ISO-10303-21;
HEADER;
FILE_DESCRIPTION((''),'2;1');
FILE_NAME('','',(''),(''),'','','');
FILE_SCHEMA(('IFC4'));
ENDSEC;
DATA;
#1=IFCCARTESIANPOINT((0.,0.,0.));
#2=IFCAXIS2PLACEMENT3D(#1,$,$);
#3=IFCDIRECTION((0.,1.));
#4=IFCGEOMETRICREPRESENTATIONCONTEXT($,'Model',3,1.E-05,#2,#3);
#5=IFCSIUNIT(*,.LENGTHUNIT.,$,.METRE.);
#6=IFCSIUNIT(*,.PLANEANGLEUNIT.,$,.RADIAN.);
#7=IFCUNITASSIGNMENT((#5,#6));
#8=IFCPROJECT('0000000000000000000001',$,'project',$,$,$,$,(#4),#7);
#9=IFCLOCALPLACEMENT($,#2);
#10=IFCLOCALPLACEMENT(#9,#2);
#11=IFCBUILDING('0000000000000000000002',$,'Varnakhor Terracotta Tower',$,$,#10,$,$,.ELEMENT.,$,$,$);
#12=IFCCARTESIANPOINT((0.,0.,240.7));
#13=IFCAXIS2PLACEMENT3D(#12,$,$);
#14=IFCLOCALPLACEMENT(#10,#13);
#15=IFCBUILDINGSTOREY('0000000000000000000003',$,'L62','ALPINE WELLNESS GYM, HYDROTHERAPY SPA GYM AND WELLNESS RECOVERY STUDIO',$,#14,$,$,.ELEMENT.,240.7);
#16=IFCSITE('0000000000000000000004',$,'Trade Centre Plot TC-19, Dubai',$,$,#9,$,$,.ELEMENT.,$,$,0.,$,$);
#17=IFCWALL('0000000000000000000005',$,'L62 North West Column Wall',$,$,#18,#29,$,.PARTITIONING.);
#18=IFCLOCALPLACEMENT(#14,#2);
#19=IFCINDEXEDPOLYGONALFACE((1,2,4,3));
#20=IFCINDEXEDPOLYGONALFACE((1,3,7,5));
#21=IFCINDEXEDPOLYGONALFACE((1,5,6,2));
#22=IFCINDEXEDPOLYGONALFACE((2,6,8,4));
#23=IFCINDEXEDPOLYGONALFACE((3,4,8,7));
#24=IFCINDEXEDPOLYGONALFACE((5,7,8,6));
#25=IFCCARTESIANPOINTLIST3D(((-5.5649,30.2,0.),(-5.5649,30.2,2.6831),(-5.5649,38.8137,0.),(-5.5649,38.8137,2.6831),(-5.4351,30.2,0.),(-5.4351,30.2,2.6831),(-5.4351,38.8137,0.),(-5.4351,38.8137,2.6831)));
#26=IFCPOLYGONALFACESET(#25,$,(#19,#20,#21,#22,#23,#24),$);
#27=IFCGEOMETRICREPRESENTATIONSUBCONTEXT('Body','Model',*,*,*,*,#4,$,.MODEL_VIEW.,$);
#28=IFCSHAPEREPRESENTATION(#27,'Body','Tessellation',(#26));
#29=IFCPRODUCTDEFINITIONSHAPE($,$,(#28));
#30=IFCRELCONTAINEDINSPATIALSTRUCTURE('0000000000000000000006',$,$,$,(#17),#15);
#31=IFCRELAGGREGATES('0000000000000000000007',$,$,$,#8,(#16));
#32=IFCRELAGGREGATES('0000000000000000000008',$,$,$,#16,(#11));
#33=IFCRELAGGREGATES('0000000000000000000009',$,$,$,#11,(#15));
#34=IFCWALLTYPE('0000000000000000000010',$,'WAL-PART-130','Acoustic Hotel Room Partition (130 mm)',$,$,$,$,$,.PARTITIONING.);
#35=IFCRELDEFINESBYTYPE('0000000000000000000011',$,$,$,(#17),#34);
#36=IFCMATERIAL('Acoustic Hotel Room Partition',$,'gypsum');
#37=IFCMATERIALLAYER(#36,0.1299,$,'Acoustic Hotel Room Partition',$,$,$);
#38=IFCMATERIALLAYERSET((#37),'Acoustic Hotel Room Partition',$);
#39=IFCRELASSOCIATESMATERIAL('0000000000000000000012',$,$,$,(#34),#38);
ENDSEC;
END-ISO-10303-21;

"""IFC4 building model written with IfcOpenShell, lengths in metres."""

from ifc_helpers import new_model, si_unit, direction, frame, frame_2d, origin, place, context, subcontext, project, spatial, rectangle, extrude, material, layer, layer_set, type_object, element, save


model = new_model("IFC4")

# Units and contexts
model_context = context("Model", 3, precision=1e-05, world=origin(), true_north=direction((0.0, 1.0)))
body_context = subcontext(model_context, "Body", "Model", "MODEL_VIEW")
ifc_project = project(units=[si_unit("LENGTHUNIT", "METRE"), si_unit("PLANEANGLEUNIT", "RADIAN")], contexts=[model_context])

# Site, building, storey
site_placement = place(None, origin())
site = spatial("IfcSite", under=ifc_project, at=site_placement, Name="Trade Centre Plot TC-19, Dubai", CompositionType="ELEMENT", RefElevation=0.0)
building_placement = place(site_placement, origin())
building = spatial("IfcBuilding", under=site, at=building_placement, Name="Varnakhor Terracotta Tower", CompositionType="ELEMENT")
storey_placement = place(building_placement, frame((0.0, 0.0, 240.7)))
storey = spatial("IfcBuildingStorey", under=building, at=storey_placement, Name="L62", Description="ALPINE WELLNESS GYM, HYDROTHERAPY SPA GYM AND WELLNESS RECOVERY STUDIO", CompositionType="ELEMENT", Elevation=240.7)

# Shared definitions
ifc_material_1 = material(Name="Acoustic Hotel Room Partition", Category="gypsum")
ifc_layer_1 = layer(ifc_material_1, 0.1299, Name="Acoustic Hotel Room Partition")
ifc_layer_set_1 = layer_set([ifc_layer_1], Name="Acoustic Hotel Room Partition")
wall_type_1 = type_object("IfcWallType", Name="WAL-PART-130", Description="Acoustic Hotel Room Partition (130 mm)", PredefinedType="PARTITIONING", material=ifc_layer_set_1)

# Wall
wall_1_placement = place(storey_placement, frame((-5.5, 30.2, 0.0), z_axis=(0.0, 0.0, 1.0), x_axis=(0.0, 1.0, 0.0)))
element("IfcWall", 1, at=wall_1_placement, inside=storey, type_object=wall_type_1, Name="L62 North West Column Wall", PredefinedType="PARTITIONING", context=body_context, shape_type="SweptSolid", body=[
    extrude(rectangle(XDim=8.6138, YDim=0.1299, at=frame_2d((4.3069, 0.0))), origin(), (0.0, 0.0, 1.0), 2.6831),
])

save(model, "model.ifc")
